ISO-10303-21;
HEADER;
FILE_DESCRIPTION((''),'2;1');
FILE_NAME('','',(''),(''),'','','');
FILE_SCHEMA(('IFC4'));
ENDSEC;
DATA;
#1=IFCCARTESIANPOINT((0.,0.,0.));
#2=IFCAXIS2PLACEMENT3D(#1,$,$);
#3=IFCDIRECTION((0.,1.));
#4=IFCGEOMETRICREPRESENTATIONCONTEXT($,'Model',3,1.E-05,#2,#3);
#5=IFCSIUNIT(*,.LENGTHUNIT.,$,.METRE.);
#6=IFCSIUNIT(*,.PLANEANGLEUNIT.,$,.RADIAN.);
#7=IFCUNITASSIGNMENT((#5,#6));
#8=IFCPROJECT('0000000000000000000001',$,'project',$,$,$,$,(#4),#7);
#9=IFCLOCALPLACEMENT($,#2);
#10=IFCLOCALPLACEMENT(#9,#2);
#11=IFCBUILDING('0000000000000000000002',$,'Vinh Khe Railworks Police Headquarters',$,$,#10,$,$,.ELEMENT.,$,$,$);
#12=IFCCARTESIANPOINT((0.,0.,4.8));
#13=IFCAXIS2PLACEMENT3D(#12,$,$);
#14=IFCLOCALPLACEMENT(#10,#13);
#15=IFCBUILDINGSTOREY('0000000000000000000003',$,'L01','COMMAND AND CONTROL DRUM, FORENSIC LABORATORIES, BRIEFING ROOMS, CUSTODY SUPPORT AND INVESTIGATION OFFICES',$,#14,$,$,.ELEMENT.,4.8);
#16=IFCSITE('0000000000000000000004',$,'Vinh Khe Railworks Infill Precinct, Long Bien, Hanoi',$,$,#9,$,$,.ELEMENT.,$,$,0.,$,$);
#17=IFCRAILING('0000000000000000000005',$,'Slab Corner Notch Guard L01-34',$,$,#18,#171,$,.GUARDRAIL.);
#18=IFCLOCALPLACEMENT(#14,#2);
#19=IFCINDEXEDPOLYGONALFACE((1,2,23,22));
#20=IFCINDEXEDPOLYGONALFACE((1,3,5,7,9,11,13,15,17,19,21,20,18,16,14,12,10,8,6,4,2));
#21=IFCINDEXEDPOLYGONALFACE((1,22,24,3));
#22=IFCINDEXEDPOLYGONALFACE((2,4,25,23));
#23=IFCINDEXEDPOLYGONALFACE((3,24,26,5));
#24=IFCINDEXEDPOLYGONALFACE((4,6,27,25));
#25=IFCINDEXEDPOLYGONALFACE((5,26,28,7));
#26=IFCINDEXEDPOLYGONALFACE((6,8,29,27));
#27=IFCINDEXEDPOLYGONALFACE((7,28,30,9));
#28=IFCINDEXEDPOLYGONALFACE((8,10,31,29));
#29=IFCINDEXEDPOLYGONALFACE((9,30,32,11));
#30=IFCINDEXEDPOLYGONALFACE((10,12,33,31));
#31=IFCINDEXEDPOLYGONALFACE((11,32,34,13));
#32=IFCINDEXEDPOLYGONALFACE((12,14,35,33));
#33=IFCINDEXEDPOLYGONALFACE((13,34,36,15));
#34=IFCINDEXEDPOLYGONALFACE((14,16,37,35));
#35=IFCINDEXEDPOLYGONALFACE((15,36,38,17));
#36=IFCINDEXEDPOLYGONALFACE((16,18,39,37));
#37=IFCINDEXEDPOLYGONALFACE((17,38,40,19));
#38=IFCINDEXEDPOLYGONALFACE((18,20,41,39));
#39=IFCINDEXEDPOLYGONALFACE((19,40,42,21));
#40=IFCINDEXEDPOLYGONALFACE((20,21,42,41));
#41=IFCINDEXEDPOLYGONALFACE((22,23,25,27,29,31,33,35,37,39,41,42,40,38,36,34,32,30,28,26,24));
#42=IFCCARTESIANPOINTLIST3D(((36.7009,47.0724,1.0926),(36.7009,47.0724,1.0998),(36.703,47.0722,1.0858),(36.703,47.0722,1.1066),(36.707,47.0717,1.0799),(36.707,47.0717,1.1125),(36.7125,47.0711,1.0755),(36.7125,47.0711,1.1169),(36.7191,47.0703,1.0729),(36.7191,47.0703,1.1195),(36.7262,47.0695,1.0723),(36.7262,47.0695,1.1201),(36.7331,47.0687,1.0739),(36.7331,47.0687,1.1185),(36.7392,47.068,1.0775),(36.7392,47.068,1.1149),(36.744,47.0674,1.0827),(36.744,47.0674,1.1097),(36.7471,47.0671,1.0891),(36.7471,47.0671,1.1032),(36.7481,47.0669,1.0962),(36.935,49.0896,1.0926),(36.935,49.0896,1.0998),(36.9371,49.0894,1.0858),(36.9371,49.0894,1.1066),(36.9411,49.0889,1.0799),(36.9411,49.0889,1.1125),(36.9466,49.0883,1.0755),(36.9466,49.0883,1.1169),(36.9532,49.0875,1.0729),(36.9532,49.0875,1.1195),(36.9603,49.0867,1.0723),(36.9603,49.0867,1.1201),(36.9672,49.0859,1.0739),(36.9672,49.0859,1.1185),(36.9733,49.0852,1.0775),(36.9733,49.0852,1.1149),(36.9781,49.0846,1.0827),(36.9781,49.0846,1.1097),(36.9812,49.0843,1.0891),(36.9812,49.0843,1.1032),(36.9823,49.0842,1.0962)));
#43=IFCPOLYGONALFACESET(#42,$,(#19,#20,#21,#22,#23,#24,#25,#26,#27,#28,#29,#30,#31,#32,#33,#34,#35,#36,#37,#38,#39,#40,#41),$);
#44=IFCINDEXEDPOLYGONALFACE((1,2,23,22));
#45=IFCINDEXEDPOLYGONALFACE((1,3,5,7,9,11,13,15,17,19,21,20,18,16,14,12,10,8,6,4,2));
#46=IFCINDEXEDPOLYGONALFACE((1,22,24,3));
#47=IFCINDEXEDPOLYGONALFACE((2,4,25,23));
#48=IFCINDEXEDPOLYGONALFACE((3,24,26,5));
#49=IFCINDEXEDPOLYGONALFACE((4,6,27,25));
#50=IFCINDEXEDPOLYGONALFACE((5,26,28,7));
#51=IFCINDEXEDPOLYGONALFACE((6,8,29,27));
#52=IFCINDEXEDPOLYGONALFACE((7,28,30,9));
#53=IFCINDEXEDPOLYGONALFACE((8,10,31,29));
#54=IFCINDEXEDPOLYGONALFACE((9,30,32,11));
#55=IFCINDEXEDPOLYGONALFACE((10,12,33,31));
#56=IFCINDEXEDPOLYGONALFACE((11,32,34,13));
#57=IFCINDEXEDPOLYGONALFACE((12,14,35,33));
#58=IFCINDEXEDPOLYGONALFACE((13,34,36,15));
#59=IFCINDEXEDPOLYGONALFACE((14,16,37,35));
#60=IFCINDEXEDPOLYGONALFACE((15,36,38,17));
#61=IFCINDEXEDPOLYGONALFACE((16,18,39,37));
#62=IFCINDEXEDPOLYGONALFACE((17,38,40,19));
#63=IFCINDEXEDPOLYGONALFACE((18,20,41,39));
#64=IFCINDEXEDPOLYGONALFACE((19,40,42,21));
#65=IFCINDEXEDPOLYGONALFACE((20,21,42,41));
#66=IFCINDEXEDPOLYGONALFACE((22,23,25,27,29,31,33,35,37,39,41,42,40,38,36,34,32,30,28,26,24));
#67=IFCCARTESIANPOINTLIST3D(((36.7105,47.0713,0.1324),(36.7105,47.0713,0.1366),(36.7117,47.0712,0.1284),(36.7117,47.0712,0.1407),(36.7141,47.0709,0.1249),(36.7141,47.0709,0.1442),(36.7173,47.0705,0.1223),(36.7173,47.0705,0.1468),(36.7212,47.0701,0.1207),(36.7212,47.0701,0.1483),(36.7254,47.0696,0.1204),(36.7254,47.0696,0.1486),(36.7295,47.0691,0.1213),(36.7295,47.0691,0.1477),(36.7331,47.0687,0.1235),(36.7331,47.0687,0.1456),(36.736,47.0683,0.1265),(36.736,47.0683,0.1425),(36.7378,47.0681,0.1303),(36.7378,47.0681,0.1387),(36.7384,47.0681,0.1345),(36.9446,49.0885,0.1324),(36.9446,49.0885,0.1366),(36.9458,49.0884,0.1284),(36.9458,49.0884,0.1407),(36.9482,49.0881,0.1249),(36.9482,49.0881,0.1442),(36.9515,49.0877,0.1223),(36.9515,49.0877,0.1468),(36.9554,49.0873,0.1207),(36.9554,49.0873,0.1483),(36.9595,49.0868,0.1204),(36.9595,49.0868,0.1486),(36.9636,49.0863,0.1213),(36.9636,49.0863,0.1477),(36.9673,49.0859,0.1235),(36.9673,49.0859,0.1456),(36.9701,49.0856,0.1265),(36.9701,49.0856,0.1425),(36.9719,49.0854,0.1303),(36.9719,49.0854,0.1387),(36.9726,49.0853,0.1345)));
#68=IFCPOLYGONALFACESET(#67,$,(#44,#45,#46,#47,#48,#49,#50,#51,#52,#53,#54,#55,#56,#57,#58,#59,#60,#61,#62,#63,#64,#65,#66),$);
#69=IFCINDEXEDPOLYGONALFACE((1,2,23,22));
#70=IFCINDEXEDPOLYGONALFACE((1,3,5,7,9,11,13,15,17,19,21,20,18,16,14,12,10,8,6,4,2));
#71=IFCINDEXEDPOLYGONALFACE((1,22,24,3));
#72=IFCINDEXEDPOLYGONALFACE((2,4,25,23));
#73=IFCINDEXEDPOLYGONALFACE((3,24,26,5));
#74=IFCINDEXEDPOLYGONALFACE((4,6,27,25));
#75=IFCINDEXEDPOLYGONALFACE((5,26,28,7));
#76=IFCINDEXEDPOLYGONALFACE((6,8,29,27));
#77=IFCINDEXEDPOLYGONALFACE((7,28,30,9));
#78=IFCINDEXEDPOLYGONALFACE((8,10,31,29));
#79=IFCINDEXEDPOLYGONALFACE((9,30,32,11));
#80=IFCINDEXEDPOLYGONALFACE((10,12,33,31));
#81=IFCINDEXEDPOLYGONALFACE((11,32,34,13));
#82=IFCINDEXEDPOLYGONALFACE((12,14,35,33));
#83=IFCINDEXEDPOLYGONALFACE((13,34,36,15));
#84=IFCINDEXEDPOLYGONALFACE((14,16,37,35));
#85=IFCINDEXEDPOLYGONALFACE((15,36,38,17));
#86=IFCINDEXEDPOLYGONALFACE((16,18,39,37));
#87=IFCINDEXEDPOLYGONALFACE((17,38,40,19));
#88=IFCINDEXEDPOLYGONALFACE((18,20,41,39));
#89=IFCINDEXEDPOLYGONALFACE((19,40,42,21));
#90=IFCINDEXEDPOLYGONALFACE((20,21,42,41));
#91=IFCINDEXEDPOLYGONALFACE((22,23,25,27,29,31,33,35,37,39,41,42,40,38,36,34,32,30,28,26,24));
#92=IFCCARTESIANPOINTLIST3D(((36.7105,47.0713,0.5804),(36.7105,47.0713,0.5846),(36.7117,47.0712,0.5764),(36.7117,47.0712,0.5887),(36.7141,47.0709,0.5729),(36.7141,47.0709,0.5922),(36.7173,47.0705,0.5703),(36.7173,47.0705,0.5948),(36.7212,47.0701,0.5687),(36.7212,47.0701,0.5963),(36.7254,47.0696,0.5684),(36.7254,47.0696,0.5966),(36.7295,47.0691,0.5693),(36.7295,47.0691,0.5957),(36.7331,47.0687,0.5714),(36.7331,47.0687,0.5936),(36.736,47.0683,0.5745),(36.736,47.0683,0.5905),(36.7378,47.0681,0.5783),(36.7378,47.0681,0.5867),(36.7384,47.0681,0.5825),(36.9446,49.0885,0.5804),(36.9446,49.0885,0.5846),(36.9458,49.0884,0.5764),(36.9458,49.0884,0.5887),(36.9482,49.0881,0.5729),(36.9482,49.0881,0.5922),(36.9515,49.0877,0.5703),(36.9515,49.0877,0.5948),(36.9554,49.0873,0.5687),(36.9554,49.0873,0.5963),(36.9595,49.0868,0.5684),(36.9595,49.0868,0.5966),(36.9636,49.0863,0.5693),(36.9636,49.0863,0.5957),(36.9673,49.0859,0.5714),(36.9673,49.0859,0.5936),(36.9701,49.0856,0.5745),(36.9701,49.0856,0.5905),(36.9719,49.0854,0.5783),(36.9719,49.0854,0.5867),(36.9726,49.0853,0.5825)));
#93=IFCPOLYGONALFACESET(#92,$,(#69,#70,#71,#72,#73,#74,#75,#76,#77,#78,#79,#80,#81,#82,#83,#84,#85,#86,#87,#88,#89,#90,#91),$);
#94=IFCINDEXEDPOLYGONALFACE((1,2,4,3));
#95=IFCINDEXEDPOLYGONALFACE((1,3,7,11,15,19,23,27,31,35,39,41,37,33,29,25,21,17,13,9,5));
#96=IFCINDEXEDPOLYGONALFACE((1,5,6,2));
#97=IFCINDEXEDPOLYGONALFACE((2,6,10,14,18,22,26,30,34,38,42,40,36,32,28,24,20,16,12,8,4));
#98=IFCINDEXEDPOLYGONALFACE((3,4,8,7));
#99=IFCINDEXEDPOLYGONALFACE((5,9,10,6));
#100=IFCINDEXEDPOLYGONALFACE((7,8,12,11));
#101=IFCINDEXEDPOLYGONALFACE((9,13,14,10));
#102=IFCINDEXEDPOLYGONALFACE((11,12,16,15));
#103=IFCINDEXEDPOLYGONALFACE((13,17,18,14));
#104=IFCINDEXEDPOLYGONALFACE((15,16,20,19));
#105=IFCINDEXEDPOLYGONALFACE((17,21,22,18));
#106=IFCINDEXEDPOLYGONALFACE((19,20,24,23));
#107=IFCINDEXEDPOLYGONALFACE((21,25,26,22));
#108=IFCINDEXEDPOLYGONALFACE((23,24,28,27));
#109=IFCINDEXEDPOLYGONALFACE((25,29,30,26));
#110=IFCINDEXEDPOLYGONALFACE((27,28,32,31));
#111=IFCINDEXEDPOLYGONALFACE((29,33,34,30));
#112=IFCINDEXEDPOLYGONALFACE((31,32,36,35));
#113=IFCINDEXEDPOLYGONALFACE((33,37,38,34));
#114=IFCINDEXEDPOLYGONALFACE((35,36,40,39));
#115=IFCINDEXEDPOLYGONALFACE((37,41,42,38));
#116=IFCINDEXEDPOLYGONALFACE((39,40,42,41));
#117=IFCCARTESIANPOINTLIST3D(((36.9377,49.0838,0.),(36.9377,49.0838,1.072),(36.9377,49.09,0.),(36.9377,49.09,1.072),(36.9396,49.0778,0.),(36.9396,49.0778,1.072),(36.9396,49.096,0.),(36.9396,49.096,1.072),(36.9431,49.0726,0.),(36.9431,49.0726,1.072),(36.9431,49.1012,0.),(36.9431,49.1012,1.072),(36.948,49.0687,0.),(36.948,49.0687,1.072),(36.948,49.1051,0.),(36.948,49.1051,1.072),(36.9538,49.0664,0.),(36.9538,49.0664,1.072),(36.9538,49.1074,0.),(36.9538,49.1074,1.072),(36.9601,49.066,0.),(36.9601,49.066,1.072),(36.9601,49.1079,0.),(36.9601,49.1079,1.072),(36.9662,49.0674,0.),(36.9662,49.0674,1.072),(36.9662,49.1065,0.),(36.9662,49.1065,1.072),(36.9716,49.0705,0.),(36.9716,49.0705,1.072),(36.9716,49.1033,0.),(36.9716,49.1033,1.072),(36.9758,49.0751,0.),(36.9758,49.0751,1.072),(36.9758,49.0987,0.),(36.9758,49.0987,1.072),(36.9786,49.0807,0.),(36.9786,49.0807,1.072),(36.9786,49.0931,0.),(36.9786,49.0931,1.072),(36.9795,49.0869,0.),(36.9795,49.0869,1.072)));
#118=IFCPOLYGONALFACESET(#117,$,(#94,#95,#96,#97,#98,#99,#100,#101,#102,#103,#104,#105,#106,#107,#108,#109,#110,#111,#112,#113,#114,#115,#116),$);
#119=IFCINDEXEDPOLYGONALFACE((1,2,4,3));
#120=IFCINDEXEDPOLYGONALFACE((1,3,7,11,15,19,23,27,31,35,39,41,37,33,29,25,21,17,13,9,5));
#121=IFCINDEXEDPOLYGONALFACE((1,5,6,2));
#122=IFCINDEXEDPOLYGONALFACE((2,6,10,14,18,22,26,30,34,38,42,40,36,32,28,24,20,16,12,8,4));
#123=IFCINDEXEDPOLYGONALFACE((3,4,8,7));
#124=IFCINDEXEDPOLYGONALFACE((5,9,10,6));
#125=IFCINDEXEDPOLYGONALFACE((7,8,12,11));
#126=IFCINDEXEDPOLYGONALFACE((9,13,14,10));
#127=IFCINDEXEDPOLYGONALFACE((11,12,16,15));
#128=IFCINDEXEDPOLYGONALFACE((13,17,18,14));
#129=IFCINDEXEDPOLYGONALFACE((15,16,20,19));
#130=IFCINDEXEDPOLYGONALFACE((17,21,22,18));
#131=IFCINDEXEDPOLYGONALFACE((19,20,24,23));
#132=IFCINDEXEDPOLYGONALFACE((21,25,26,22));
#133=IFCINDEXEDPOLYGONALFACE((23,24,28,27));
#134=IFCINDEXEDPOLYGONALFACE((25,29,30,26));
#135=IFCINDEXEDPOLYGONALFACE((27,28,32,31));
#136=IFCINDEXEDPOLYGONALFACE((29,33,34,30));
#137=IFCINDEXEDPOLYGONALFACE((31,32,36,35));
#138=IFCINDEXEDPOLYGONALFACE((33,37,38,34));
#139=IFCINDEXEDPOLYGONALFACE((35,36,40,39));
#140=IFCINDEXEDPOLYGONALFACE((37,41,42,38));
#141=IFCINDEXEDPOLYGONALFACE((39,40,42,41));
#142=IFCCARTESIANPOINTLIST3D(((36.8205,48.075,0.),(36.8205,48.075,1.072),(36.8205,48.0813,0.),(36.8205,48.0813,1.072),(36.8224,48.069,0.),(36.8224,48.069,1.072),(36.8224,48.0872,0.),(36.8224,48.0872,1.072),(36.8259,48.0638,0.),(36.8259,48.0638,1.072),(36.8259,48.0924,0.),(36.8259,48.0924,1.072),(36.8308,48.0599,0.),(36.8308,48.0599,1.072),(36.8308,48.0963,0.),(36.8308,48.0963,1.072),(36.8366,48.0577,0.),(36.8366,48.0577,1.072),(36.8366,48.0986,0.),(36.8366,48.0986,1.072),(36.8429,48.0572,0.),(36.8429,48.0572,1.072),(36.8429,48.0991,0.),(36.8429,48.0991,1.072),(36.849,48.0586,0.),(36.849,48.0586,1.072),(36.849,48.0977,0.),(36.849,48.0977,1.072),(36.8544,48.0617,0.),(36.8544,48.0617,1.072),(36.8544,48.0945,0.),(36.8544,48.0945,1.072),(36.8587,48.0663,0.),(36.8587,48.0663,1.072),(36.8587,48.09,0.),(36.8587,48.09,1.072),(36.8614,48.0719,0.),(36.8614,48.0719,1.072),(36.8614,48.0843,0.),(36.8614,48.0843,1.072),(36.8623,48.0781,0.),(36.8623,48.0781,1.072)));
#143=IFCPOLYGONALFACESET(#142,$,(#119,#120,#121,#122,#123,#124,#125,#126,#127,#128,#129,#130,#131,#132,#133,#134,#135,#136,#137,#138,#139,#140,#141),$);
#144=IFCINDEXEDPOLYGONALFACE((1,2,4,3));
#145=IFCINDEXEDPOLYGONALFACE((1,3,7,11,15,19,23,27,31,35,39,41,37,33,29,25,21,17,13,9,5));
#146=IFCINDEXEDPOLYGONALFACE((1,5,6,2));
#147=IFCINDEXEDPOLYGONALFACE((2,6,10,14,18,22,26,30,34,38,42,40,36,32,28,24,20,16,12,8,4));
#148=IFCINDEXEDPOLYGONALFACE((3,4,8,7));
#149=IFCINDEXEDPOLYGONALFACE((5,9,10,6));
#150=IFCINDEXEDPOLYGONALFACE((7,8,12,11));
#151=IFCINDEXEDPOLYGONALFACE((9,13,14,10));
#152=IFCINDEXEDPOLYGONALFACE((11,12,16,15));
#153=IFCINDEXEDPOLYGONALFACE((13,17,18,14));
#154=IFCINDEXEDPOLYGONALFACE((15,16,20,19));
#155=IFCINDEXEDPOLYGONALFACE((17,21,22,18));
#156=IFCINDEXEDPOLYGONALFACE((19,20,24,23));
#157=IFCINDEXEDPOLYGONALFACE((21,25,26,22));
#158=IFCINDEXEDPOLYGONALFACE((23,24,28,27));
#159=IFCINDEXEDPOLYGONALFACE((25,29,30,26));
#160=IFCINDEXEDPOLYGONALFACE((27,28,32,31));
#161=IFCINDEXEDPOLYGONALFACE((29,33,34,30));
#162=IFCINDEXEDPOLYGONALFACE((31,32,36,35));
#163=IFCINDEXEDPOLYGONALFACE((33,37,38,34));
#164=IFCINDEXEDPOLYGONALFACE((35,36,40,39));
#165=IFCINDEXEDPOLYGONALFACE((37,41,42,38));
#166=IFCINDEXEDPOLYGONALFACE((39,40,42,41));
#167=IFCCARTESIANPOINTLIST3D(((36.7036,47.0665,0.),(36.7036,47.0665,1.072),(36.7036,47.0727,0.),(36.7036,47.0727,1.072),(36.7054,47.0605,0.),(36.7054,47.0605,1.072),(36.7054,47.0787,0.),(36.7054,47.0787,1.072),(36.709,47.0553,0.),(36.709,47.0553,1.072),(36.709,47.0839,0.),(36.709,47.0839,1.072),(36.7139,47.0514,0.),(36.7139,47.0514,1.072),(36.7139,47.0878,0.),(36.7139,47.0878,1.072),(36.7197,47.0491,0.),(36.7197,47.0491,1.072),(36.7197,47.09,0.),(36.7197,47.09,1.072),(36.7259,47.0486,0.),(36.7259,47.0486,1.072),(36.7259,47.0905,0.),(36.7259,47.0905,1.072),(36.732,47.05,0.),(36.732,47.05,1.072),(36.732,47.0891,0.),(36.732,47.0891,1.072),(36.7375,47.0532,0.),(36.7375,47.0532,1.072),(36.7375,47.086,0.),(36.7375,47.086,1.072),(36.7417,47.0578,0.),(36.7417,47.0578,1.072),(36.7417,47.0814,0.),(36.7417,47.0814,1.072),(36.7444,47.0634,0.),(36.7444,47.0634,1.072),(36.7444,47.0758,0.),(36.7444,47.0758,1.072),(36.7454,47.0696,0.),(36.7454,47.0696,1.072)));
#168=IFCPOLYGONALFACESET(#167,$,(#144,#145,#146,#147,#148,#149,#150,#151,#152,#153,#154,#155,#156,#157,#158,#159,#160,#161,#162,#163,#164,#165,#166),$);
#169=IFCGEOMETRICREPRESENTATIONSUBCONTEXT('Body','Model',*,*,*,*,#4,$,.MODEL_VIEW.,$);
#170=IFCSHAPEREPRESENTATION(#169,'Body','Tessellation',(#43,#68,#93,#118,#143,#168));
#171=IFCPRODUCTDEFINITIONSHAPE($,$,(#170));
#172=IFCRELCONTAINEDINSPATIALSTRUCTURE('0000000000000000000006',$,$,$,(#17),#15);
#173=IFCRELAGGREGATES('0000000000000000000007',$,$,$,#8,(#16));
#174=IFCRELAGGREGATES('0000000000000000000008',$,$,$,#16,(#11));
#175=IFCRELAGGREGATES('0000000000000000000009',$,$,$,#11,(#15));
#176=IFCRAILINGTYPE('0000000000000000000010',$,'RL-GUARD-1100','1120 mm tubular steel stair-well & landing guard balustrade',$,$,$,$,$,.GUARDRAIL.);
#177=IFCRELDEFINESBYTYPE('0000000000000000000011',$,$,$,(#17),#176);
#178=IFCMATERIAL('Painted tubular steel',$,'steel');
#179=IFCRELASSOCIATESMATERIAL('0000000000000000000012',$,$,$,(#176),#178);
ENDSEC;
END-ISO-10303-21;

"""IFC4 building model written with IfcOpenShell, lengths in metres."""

from ifc_helpers import new_model, si_unit, direction, frame, origin, origin_2d, place, context, subcontext, project, spatial, circle, extrude, material, type_object, element, save


model = new_model("IFC4")

# Units and contexts
model_context = context("Model", 3, precision=1e-05, world=origin(), true_north=direction((0.0, 1.0)))
body_context = subcontext(model_context, "Body", "Model", "MODEL_VIEW")
ifc_project = project(units=[si_unit("LENGTHUNIT", "METRE"), si_unit("PLANEANGLEUNIT", "RADIAN")], contexts=[model_context])

# Site, building, storey
site_placement = place(None, origin())
site = spatial("IfcSite", under=ifc_project, at=site_placement, Name="Vinh Khe Railworks Infill Precinct, Long Bien, Hanoi", CompositionType="ELEMENT", RefElevation=0.0)
building_placement = place(site_placement, origin())
building = spatial("IfcBuilding", under=site, at=building_placement, Name="Vinh Khe Railworks Police Headquarters", CompositionType="ELEMENT")
storey_placement = place(building_placement, frame((0.0, 0.0, 4.8)))
storey = spatial("IfcBuildingStorey", under=building, at=storey_placement, Name="L01", Description="COMMAND AND CONTROL DRUM, FORENSIC LABORATORIES, BRIEFING ROOMS, CUSTODY SUPPORT AND INVESTIGATION OFFICES", CompositionType="ELEMENT", Elevation=4.8)

# Railing
ifc_material_1 = material(Name="Painted tubular steel", Category="steel")
railing_type = type_object("IfcRailingType", Name="RL-GUARD-1100", Description="1120 mm tubular steel stair-well & landing guard balustrade", PredefinedType="GUARDRAIL", material=ifc_material_1)
railing_1_placement = place(storey_placement, frame((36.9585, 49.0869, 0.0)))
element("IfcRailing", 1, at=railing_1_placement, inside=storey, type_object=railing_type, Name="Slab Corner Notch Guard L01-34", PredefinedType="GUARDRAIL", context=body_context, shape_type="SweptSolid", body=[
    extrude(circle(Radius=0.0239, at=origin_2d()), frame((0.0, 0.0, 1.0962), z_axis=(-0.115286, -0.993332, 0.0), x_axis=(0.993332, -0.115286, 0.0)), (0.0, 0.0, 1.0), 2.0308),
    extrude(circle(Radius=0.0142, at=origin_2d()), frame((0.0, 0.0, 0.1345), z_axis=(-0.115286, -0.993332, 0.0), x_axis=(0.993332, -0.115286, 0.0)), (0.0, 0.0, 1.0), 2.0308),
    extrude(circle(Radius=0.0142, at=origin_2d()), frame((0.0, 0.0, 0.5825), z_axis=(-0.115286, -0.993332, 0.0), x_axis=(0.993332, -0.115286, 0.0)), (0.0, 0.0, 1.0), 2.0308),
    extrude(circle(Radius=0.021, at=origin_2d()), origin(), (0.0, 0.0, 1.0), 1.072),
    extrude(circle(Radius=0.021, at=origin_2d()), frame((-0.1172, -1.0088, 0.0)), (0.0, 0.0, 1.0), 1.072),
    extrude(circle(Radius=0.021, at=origin_2d()), frame((-0.2341, -2.0173, 0.0)), (0.0, 0.0, 1.0), 1.072),
])

save(model, "model.ifc")
